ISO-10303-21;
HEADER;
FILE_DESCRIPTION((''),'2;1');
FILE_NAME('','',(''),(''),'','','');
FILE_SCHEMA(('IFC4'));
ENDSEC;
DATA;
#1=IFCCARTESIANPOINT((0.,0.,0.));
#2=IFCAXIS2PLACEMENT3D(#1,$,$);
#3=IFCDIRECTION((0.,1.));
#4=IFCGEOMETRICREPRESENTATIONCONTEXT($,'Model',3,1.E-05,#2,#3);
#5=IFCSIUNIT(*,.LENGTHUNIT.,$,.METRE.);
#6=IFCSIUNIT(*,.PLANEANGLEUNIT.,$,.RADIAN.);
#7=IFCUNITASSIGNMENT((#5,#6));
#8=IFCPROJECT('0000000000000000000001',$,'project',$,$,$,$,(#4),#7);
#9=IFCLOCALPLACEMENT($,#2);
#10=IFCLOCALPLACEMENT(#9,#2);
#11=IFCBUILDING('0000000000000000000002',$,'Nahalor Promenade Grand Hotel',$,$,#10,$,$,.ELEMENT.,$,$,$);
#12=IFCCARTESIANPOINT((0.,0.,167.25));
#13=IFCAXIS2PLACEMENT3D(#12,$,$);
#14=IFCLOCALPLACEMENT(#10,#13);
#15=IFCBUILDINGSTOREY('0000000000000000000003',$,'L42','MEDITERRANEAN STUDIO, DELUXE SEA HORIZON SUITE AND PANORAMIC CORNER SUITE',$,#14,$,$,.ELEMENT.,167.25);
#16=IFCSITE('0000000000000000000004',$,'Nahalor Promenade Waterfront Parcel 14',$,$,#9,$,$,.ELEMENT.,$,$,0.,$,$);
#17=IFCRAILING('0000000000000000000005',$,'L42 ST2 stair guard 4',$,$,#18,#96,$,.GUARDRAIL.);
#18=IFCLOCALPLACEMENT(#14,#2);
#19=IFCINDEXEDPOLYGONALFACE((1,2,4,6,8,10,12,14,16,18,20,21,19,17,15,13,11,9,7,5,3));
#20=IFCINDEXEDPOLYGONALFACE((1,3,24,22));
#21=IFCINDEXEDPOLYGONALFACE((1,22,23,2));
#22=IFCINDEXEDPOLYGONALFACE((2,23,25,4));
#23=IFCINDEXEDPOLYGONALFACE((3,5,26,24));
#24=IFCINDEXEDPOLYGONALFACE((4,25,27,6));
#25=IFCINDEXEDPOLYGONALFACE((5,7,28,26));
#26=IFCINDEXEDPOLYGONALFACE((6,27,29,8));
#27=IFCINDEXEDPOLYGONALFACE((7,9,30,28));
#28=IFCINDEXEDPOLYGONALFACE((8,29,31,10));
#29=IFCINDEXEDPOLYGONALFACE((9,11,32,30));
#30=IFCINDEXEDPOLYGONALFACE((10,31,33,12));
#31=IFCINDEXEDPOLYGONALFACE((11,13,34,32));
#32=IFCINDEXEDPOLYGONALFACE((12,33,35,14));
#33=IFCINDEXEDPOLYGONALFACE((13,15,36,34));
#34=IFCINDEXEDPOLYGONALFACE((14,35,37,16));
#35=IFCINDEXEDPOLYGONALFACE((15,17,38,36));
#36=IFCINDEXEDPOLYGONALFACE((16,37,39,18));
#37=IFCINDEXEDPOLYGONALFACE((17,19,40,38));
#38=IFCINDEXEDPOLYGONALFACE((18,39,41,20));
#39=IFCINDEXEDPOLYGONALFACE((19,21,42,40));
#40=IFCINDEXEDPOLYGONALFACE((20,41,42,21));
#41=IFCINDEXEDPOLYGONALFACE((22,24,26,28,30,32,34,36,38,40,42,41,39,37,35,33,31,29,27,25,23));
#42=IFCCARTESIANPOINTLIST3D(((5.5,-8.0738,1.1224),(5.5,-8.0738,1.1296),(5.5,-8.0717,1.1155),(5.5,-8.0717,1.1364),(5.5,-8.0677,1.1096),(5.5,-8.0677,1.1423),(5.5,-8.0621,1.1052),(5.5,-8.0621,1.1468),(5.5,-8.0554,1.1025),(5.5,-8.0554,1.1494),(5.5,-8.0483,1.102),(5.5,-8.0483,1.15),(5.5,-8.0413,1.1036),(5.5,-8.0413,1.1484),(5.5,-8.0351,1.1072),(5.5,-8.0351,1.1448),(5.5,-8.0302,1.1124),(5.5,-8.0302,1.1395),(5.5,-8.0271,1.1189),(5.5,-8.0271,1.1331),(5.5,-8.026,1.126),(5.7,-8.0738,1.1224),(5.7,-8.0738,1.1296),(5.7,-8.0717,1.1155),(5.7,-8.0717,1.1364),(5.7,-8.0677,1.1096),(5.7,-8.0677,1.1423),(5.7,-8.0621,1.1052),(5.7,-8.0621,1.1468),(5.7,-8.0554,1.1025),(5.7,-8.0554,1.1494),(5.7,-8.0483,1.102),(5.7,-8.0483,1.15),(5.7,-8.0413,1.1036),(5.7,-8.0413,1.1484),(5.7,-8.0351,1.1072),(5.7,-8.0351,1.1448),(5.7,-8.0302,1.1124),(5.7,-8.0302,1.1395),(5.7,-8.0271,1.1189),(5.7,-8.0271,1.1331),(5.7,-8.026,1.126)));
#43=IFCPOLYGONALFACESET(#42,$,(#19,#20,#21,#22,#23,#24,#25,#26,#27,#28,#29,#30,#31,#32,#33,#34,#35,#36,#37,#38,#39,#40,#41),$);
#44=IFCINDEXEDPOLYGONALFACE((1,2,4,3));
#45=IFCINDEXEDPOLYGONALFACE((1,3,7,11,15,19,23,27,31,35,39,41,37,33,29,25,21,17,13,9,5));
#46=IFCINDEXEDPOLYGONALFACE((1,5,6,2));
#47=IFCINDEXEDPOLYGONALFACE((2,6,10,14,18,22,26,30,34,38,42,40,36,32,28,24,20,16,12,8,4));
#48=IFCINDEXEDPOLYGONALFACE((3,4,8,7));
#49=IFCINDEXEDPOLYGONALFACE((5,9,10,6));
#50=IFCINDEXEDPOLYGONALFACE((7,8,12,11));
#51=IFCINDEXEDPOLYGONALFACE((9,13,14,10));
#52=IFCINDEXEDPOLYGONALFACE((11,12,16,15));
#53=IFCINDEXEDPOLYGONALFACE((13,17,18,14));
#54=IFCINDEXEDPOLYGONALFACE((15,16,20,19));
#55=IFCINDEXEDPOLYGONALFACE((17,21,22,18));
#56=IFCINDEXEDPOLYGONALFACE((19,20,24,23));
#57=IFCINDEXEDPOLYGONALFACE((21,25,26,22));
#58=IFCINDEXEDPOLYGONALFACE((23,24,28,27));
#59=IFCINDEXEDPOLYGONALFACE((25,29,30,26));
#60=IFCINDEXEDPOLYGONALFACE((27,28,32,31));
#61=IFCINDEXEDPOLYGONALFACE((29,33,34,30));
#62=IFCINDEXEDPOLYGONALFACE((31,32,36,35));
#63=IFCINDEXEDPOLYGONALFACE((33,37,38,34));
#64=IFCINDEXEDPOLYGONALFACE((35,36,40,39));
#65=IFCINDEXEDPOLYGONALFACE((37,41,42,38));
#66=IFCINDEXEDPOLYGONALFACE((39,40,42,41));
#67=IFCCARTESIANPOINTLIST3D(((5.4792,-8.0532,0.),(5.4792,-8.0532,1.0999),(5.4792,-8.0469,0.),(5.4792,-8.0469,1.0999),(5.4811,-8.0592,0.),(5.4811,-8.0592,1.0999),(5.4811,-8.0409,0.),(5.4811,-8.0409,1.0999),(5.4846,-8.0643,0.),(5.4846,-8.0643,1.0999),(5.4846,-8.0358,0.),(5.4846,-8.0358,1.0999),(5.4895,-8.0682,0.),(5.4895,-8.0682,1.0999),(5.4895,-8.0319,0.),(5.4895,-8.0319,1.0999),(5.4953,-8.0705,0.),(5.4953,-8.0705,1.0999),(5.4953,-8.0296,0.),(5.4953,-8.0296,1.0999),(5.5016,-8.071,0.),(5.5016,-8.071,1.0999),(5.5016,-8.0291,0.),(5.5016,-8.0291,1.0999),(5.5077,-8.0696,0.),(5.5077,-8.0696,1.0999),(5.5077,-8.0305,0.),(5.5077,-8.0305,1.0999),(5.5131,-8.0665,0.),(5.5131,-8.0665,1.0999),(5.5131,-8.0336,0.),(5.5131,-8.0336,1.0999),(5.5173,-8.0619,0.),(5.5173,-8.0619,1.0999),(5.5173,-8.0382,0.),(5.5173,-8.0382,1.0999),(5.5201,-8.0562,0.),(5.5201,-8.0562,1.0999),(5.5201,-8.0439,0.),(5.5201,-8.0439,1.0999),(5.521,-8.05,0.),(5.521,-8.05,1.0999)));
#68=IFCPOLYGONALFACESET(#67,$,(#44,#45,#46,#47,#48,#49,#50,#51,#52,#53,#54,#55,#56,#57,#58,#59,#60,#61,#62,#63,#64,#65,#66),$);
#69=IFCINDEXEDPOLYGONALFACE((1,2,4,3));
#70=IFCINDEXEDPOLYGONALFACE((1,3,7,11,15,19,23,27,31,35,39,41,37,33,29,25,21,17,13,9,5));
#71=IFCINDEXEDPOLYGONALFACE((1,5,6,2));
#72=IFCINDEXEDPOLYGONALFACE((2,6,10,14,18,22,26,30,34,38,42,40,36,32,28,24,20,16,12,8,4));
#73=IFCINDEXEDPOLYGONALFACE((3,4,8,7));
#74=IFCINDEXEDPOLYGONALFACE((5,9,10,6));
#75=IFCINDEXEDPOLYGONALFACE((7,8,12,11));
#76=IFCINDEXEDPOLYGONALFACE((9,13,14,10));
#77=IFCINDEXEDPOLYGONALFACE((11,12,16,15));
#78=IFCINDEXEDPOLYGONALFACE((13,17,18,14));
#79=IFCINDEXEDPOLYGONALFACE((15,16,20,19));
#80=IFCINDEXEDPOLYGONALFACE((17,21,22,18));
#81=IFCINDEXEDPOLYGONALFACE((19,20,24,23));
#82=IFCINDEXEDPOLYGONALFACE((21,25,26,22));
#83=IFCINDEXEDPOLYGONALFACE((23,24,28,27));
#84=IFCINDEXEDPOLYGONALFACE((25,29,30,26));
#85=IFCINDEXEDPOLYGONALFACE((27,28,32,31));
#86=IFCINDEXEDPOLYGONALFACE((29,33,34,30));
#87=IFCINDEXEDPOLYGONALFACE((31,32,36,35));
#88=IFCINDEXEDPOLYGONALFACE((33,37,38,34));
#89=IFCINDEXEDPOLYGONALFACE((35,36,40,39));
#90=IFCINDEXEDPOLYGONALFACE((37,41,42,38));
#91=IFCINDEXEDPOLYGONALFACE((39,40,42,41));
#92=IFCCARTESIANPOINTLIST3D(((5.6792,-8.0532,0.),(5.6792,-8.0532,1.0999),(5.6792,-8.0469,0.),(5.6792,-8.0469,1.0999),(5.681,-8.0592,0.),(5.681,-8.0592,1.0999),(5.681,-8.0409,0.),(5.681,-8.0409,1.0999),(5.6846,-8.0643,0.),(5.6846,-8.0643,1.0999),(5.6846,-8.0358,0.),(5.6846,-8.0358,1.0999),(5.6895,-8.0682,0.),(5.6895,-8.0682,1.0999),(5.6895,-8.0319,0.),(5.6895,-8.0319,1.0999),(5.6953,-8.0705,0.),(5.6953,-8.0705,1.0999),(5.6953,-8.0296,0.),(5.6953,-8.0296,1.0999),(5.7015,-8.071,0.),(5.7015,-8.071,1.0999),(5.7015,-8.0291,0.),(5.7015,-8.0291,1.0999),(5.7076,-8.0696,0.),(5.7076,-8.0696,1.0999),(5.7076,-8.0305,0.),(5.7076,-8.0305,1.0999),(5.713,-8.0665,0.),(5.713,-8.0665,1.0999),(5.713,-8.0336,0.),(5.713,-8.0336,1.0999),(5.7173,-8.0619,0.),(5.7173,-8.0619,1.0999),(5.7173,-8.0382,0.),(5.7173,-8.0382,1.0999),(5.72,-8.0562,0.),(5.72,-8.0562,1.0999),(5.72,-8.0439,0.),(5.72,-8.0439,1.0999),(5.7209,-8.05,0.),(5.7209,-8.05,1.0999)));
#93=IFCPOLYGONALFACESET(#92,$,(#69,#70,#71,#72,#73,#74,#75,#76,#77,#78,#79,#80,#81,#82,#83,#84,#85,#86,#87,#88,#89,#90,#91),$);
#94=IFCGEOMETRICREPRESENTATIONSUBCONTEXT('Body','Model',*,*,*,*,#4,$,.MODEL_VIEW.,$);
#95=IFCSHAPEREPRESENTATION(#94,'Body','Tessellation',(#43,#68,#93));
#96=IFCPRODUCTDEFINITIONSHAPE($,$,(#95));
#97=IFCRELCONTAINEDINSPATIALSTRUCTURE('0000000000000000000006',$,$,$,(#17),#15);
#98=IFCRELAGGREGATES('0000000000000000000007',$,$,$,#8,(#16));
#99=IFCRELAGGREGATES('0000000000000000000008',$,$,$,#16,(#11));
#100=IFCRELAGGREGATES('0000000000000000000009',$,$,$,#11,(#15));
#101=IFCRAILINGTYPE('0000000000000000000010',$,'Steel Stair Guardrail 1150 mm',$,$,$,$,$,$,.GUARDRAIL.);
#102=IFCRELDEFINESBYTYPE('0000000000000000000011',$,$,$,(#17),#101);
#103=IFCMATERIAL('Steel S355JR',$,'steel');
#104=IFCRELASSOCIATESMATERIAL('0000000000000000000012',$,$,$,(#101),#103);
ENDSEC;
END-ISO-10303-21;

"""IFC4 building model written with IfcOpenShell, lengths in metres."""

from ifc_helpers import new_model, si_unit, direction, frame, origin, origin_2d, place, context, subcontext, project, spatial, circle, extrude, material, type_object, element, save


model = new_model("IFC4")

# Units and contexts
model_context = context("Model", 3, precision=1e-05, world=origin(), true_north=direction((0.0, 1.0)))
body_context = subcontext(model_context, "Body", "Model", "MODEL_VIEW")
ifc_project = project(units=[si_unit("LENGTHUNIT", "METRE"), si_unit("PLANEANGLEUNIT", "RADIAN")], contexts=[model_context])

# Site, building, storey
site_placement = place(None, origin())
site = spatial("IfcSite", under=ifc_project, at=site_placement, Name="Nahalor Promenade Waterfront Parcel 14", CompositionType="ELEMENT", RefElevation=0.0)
building_placement = place(site_placement, origin())
building = spatial("IfcBuilding", under=site, at=building_placement, Name="Nahalor Promenade Grand Hotel", CompositionType="ELEMENT")
storey_placement = place(building_placement, frame((0.0, 0.0, 167.25)))
storey = spatial("IfcBuildingStorey", under=building, at=storey_placement, Name="L42", Description="MEDITERRANEAN STUDIO, DELUXE SEA HORIZON SUITE AND PANORAMIC CORNER SUITE", CompositionType="ELEMENT", Elevation=167.25)

# Shared definitions
ifc_material_1 = material(Name="Steel S355JR", Category="steel")

# Railing
railing_type_1 = type_object("IfcRailingType", Name="Steel Stair Guardrail 1150 mm", PredefinedType="GUARDRAIL", material=ifc_material_1)
railing_1_placement = place(storey_placement, frame((5.5, -8.05, 0.0)))
element("IfcRailing", 1, at=railing_1_placement, inside=storey, type_object=railing_type_1, Name="L42 ST2 stair guard 4", PredefinedType="GUARDRAIL", context=body_context, shape_type="SweptSolid", body=[
    extrude(circle(Radius=0.024, at=origin_2d()), frame((0.0, 0.0, 1.126), z_axis=(1.0, 0.0, 0.0), x_axis=(0.0, 1.0, 0.0)), (0.0, 0.0, 1.0), 0.2),
    extrude(circle(Radius=0.021, at=origin_2d()), origin(), (0.0, 0.0, 1.0), 1.0999),
    extrude(circle(Radius=0.021, at=origin_2d()), frame((0.2, 0.0, 0.0)), (0.0, 0.0, 1.0), 1.0999),
])

save(model, "model.ifc")
